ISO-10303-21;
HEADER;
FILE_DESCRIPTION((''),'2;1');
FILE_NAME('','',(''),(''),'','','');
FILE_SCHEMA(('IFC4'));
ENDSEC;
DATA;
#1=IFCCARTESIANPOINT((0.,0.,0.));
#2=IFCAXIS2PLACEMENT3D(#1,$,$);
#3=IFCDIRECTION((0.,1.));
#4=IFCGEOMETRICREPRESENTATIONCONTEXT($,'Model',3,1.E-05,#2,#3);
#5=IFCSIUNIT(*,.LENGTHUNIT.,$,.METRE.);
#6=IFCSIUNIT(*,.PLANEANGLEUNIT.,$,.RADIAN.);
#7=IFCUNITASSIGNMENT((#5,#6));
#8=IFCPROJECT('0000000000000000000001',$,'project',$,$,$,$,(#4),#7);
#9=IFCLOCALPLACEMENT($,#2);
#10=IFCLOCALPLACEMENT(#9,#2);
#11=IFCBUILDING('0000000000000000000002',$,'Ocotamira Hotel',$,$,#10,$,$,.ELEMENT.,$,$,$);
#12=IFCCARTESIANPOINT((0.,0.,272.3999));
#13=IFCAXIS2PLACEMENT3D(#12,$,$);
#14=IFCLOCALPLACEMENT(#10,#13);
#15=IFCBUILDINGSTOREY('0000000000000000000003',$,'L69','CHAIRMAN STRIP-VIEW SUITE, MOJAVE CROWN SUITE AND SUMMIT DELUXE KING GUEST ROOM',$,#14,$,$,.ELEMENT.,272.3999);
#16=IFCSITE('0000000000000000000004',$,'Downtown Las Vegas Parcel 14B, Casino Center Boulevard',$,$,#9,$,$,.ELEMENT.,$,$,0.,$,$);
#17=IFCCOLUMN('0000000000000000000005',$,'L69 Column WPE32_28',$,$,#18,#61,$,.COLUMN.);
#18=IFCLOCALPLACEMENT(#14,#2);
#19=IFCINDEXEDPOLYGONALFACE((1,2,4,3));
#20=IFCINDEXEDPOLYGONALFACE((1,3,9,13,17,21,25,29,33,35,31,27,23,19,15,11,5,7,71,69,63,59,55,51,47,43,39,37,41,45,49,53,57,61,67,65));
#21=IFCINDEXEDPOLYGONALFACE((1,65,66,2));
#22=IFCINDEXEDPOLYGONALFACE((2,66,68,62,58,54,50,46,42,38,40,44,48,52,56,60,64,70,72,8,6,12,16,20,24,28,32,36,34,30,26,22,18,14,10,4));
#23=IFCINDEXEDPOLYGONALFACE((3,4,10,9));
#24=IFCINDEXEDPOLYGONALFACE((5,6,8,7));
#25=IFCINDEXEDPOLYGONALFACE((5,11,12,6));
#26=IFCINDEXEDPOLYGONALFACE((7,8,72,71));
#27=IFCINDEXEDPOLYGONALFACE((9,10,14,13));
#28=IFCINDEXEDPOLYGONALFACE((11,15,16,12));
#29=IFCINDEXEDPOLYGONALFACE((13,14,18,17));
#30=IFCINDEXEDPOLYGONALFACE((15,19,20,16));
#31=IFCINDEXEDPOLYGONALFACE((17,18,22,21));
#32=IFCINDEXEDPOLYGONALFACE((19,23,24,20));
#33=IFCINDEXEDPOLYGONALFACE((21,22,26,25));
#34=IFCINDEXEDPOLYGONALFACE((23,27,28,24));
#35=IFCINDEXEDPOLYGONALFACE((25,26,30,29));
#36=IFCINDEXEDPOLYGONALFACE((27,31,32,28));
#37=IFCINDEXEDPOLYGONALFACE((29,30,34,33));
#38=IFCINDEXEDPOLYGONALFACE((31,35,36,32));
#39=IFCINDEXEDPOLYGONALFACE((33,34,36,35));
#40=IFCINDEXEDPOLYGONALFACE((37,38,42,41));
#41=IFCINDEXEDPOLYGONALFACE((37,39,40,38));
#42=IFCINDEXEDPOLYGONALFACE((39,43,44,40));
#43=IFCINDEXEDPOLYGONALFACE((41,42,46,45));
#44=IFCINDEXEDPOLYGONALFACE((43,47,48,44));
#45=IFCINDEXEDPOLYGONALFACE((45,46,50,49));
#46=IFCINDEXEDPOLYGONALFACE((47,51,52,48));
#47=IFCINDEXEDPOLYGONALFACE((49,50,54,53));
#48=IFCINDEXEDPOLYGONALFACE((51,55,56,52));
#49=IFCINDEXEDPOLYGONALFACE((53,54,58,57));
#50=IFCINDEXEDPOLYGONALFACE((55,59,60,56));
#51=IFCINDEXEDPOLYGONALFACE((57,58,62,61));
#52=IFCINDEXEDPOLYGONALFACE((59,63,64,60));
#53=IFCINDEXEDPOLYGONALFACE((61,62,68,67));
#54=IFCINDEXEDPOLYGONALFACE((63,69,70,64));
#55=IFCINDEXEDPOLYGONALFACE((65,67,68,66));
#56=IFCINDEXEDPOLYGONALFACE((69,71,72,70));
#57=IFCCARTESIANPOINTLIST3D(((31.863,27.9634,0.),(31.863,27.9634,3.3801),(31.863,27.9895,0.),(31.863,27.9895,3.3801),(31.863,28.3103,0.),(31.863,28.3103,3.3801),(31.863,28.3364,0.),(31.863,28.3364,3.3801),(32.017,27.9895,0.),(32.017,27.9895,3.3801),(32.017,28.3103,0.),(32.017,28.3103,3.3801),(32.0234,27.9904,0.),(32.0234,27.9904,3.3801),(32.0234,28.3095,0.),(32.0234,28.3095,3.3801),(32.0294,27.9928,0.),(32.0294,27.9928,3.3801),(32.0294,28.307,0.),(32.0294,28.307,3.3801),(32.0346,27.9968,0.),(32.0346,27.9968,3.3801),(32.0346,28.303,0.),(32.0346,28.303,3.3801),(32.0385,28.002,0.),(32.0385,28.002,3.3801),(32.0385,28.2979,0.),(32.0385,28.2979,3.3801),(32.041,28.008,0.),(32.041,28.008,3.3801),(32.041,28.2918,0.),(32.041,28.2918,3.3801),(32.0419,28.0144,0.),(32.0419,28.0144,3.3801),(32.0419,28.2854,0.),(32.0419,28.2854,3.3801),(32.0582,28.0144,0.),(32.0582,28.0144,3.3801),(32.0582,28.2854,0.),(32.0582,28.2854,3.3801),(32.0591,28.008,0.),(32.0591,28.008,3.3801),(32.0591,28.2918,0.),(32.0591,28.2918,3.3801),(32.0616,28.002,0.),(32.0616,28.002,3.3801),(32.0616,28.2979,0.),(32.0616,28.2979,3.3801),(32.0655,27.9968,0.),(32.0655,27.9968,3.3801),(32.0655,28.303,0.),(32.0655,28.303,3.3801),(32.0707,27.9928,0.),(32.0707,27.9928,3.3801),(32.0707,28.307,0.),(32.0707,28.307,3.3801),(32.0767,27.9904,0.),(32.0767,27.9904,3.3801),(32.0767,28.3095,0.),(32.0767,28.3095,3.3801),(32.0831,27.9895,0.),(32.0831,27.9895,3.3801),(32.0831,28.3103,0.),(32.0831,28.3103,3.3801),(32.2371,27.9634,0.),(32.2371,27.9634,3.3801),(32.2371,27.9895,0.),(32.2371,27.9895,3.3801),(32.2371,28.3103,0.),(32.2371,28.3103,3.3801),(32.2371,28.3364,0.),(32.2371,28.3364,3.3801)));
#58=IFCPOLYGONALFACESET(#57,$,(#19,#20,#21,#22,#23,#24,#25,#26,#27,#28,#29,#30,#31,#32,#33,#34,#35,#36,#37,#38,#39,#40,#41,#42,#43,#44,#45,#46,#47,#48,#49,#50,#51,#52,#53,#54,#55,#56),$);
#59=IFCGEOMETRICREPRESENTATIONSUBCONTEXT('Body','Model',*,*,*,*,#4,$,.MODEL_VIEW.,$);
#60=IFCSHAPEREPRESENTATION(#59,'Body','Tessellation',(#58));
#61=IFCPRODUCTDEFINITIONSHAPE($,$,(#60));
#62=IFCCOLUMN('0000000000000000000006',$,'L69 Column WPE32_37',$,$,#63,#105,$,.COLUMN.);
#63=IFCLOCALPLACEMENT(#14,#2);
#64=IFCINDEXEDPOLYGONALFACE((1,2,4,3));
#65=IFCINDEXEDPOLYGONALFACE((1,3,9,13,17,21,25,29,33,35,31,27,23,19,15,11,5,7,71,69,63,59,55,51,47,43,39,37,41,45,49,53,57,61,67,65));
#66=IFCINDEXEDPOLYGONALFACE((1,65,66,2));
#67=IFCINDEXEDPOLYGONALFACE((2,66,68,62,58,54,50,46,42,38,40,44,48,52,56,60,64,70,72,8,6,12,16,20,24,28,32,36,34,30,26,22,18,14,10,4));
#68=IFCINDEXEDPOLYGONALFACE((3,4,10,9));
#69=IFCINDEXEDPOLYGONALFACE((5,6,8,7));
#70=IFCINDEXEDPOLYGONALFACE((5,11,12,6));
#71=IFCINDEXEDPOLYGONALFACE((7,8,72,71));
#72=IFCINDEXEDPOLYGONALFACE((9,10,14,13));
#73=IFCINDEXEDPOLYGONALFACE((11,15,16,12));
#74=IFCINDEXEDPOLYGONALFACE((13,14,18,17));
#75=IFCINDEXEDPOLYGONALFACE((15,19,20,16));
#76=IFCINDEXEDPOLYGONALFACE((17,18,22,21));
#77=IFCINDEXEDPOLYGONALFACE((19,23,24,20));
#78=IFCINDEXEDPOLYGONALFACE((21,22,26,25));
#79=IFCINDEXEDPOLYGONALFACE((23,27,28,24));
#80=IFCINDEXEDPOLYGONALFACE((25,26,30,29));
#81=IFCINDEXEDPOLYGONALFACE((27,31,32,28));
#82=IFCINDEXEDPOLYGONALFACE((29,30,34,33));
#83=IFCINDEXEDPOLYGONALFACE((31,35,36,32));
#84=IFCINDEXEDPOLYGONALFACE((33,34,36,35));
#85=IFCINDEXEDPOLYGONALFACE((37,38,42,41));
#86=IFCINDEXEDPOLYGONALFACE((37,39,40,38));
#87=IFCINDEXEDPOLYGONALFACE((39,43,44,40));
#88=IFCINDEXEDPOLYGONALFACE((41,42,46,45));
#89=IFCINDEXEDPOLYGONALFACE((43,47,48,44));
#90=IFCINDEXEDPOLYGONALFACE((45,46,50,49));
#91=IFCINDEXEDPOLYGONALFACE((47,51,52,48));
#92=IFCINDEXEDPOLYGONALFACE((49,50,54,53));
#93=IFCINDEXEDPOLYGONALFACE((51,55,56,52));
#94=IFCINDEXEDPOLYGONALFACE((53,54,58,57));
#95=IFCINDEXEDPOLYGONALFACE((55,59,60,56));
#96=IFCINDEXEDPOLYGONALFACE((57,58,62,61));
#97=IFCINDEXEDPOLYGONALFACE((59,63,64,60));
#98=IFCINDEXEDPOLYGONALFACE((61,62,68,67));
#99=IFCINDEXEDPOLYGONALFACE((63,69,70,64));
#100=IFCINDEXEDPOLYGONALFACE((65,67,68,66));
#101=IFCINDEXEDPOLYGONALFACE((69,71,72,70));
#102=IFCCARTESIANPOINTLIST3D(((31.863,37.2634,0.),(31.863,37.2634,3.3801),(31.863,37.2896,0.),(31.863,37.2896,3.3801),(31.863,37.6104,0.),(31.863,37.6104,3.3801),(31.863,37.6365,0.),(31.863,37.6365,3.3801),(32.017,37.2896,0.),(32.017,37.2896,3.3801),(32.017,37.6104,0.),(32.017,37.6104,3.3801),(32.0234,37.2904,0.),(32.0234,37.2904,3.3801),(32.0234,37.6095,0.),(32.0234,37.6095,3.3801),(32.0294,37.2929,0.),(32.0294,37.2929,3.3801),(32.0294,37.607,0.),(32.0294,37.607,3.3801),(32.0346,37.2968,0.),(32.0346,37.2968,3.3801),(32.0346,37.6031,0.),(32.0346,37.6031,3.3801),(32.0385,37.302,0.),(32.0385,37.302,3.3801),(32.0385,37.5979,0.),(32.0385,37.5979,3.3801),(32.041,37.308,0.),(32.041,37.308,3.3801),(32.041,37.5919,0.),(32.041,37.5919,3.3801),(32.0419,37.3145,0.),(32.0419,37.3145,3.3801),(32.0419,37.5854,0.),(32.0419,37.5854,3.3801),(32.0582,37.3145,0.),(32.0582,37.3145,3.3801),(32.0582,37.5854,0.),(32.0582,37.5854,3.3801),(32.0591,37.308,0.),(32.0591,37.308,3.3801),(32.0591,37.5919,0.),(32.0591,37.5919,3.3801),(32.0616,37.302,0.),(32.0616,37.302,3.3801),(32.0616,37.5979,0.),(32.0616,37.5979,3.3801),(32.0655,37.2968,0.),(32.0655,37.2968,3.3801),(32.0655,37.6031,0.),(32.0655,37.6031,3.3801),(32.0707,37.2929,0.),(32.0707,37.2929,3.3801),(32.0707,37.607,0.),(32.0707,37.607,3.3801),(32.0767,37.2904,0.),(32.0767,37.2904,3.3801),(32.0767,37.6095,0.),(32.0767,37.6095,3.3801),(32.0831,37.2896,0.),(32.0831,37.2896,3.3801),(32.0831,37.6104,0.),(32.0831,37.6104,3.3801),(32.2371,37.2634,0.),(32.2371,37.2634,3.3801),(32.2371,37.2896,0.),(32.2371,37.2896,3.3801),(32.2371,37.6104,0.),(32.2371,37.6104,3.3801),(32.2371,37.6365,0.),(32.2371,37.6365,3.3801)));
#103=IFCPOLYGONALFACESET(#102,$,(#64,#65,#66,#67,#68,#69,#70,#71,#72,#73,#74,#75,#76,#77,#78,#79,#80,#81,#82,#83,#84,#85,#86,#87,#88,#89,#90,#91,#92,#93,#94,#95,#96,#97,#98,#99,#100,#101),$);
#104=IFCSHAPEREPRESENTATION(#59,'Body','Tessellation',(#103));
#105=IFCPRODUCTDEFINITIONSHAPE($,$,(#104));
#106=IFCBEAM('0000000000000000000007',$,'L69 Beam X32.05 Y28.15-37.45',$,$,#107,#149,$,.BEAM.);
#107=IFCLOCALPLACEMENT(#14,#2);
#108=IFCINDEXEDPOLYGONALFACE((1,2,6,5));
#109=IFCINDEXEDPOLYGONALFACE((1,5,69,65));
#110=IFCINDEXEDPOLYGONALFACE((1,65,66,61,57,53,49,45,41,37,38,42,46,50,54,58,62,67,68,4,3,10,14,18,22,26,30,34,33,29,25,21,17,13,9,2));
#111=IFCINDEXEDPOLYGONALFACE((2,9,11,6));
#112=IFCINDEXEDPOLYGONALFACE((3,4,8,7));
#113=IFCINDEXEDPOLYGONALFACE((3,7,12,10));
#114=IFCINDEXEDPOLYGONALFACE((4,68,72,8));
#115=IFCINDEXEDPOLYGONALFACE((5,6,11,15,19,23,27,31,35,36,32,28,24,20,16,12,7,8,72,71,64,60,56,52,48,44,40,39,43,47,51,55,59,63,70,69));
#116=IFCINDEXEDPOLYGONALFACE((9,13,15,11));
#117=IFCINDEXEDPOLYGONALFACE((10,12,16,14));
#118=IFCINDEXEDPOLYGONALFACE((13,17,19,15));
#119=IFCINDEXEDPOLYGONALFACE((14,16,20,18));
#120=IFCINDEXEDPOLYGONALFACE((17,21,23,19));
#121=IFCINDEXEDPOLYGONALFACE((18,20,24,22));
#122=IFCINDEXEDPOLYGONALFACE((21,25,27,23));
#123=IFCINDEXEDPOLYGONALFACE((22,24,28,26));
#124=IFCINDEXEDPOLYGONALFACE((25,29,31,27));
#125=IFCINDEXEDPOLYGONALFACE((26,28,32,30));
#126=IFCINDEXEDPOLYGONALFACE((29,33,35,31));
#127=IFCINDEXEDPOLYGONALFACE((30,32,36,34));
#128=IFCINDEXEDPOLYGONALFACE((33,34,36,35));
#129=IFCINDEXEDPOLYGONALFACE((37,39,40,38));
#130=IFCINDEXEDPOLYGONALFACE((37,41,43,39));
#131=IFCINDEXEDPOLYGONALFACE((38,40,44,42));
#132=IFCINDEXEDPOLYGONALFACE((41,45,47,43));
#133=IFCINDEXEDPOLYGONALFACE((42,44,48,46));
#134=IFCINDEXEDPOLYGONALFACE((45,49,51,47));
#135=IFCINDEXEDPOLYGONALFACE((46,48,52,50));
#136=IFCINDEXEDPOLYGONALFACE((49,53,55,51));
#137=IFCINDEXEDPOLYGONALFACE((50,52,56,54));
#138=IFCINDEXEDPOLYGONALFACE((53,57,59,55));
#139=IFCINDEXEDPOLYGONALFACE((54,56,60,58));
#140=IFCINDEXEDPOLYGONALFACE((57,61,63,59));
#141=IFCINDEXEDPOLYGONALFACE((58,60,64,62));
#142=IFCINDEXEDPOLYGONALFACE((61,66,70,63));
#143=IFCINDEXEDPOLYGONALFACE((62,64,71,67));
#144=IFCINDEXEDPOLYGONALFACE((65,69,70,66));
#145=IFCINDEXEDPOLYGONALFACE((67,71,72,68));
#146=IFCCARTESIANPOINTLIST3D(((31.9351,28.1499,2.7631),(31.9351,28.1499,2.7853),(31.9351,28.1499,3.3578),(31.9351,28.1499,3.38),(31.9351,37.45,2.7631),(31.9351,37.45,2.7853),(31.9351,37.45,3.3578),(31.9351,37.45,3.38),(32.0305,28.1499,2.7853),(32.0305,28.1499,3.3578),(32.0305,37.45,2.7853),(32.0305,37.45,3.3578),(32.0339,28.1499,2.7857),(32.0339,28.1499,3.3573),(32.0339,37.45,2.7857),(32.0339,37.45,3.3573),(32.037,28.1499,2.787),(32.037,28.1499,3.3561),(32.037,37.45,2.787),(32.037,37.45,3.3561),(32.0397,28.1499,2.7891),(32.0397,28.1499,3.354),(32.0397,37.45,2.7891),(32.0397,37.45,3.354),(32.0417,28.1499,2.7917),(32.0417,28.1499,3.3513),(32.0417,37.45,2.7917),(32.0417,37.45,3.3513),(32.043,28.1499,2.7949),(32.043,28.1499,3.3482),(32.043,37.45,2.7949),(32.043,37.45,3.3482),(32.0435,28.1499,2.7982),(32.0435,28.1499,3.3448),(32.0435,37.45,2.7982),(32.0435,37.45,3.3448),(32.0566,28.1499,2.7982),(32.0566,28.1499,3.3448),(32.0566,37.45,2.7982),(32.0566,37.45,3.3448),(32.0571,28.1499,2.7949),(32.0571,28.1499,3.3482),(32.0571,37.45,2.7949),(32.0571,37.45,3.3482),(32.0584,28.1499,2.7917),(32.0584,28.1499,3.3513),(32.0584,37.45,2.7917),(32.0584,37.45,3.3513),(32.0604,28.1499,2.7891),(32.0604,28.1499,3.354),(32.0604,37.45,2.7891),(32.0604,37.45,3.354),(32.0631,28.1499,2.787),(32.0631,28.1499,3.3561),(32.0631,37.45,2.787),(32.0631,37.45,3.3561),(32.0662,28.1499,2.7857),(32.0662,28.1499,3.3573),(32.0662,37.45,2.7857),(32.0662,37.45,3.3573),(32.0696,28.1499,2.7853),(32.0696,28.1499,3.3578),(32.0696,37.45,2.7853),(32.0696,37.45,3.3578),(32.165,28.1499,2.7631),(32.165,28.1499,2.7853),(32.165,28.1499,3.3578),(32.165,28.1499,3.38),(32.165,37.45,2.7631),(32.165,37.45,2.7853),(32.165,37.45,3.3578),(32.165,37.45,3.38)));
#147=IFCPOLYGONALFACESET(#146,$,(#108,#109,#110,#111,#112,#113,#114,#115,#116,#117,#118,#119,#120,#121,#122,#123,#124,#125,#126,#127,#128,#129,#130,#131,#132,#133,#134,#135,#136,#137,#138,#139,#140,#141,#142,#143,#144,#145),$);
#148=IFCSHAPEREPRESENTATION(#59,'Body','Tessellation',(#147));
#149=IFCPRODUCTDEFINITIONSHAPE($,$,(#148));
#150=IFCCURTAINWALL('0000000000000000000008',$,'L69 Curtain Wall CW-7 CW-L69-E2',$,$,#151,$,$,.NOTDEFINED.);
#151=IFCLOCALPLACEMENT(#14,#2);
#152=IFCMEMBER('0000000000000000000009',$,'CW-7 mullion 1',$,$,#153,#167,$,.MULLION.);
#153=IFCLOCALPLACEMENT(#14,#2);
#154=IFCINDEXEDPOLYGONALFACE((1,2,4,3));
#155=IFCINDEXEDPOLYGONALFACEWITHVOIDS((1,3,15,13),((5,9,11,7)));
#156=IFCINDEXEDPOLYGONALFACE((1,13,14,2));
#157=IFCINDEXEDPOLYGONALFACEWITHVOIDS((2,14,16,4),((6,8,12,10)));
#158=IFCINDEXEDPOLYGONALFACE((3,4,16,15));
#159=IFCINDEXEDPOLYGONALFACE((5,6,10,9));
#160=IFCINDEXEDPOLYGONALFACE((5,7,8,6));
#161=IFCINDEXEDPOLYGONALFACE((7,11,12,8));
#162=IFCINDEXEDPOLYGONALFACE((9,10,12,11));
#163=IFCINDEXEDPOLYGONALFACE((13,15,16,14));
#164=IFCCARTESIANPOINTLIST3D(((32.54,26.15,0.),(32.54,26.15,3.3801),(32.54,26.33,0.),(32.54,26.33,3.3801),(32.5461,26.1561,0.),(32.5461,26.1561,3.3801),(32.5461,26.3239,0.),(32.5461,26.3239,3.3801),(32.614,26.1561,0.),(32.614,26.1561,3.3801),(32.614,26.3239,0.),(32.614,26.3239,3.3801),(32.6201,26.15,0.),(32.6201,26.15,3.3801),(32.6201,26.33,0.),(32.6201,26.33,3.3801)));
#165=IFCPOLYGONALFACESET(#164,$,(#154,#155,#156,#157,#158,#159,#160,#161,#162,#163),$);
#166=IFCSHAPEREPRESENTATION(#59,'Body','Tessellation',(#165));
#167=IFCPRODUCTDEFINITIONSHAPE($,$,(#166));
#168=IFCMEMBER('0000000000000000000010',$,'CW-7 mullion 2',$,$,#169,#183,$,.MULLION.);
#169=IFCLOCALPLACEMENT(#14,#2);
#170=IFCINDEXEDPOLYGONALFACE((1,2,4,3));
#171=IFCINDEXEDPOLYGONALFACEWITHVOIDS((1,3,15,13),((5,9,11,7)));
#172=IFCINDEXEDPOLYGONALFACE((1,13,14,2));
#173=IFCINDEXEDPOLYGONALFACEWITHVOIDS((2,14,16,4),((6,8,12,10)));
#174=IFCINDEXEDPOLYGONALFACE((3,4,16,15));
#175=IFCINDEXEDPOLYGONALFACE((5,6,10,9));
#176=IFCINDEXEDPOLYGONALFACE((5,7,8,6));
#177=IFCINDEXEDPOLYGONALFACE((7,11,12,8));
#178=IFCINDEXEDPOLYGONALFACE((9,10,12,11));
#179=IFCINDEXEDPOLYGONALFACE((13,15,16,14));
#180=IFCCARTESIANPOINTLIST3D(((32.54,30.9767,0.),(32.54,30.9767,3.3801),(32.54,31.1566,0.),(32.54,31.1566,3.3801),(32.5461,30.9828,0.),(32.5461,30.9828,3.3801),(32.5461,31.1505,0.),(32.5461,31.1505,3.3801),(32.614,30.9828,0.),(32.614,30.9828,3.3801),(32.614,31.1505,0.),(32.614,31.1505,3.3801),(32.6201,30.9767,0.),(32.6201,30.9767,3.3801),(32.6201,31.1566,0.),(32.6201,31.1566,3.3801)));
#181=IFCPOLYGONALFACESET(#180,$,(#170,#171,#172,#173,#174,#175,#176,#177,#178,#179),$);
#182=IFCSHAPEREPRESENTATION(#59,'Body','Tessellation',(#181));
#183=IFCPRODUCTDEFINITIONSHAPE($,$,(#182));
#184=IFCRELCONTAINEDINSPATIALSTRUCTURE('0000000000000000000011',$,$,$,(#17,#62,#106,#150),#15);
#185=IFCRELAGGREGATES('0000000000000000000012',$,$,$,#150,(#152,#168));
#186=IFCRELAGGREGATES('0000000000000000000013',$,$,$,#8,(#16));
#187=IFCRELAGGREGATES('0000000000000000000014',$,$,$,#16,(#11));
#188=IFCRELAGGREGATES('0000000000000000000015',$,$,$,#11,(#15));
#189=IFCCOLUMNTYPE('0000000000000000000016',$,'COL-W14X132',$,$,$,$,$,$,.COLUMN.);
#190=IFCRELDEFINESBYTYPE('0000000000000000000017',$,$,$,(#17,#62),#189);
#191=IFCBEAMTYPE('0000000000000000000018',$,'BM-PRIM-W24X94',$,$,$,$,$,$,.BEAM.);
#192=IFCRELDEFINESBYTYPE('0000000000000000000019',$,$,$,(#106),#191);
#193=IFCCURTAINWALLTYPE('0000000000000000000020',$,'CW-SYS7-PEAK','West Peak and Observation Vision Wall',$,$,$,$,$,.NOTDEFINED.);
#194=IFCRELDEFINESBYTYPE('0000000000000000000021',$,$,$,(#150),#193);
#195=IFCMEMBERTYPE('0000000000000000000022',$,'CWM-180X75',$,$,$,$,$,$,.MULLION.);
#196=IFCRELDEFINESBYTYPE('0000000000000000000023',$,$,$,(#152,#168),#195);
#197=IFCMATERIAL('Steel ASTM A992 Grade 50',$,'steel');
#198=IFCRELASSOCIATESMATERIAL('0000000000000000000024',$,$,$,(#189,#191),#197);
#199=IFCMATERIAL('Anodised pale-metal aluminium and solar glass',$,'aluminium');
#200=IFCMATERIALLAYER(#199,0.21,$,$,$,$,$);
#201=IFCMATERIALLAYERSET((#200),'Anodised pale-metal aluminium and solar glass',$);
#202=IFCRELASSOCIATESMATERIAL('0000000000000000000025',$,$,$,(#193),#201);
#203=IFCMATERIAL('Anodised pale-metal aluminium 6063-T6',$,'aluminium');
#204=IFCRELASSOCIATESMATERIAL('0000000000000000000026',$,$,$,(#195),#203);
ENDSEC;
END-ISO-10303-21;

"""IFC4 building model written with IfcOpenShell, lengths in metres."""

from ifc_helpers import new_model, si_unit, direction, frame, origin, origin_2d, place, context, subcontext, project, spatial, hollow_rectangle, i_section, extrude, source, transform, mapped, material, layer, layer_set, material_profile, profile_set, type_object, element, aggregate, save


model = new_model("IFC4")

# Units and contexts
model_context = context("Model", 3, precision=1e-05, world=origin(), true_north=direction((0.0, 1.0)))
body_context = subcontext(model_context, "Body", "Model", "MODEL_VIEW")
ifc_project = project(units=[si_unit("LENGTHUNIT", "METRE"), si_unit("PLANEANGLEUNIT", "RADIAN")], contexts=[model_context])

# Site, building, storey
site_placement = place(None, origin())
site = spatial("IfcSite", under=ifc_project, at=site_placement, Name="Downtown Las Vegas Parcel 14B, Casino Center Boulevard", CompositionType="ELEMENT", RefElevation=0.0)
building_placement = place(site_placement, origin())
building = spatial("IfcBuilding", under=site, at=building_placement, Name="Ocotamira Hotel", CompositionType="ELEMENT")
storey_placement = place(building_placement, frame((0.0, 0.0, 272.3999)))
storey = spatial("IfcBuildingStorey", under=building, at=storey_placement, Name="L69", Description="CHAIRMAN STRIP-VIEW SUITE, MOJAVE CROWN SUITE AND SUMMIT DELUXE KING GUEST ROOM", CompositionType="ELEMENT", Elevation=272.3999)

# Columns
ifc_material_1 = material(Name="Steel ASTM A992 Grade 50", Category="steel")
ifc_material_profile_1 = material_profile(ifc_material_1, i_section(OverallWidth=0.374, OverallDepth=0.373, WebThickness=0.0164, FlangeThickness=0.0261, FilletRadius=0.0249, at=origin_2d()), Name="W14X132")
ifc_profile_set_1 = profile_set([ifc_material_profile_1], Name="Steel ASTM A992 Grade 50")
column_type = type_object("IfcColumnType", Name="COL-W14X132", PredefinedType="COLUMN", material=ifc_profile_set_1)
shared_shape_1 = source(origin(), body_context, "Body", "SweptSolid", [
    extrude(i_section(OverallWidth=0.374, OverallDepth=0.373, WebThickness=0.0164, FlangeThickness=0.0261, FilletRadius=0.0249, at=origin_2d()), origin(), (0.0, 0.0, 1.0), 3.3801),
])
for number, where, z_axis, x_axis, name in (
    (1, (32.05, 28.1499, 0.0), (0.0, 0.0, 1.0), (1.0, 0.0, 0.0), "L69 Column WPE32_28"),
    (2, (32.05, 37.45, 0.0), (0.0, 0.0, 1.0), (1.0, 0.0, 0.0), "L69 Column WPE32_37"),
):
    element("IfcColumn", number, at=place(storey_placement, frame(where, z_axis=z_axis, x_axis=x_axis)), inside=storey, type_object=column_type, Name=name, PredefinedType="COLUMN", context=body_context, shape_type="MappedRepresentation", body=[
        mapped(shared_shape_1, transform((0.0, 0.0, 0.0), scale=1.0)),
    ])

# Beam
ifc_material_profile_2 = material_profile(ifc_material_1, i_section(OverallWidth=0.23, OverallDepth=0.6169, WebThickness=0.0132, FlangeThickness=0.0222, FilletRadius=0.0129, at=origin_2d()), Name="W24X94")
ifc_profile_set_2 = profile_set([ifc_material_profile_2], Name="Steel ASTM A992 Grade 50")
beam_type = type_object("IfcBeamType", Name="BM-PRIM-W24X94", PredefinedType="BEAM", material=ifc_profile_set_2)
shared_shape_2 = source(origin(), body_context, "Body", "SweptSolid", [
    extrude(i_section(OverallWidth=0.23, OverallDepth=0.6169, WebThickness=0.0132, FlangeThickness=0.0222, FilletRadius=0.0129, at=origin_2d()), origin(), (0.0, 0.0, 1.0), 9.3),
])
beam_placement = place(storey_placement, frame((32.05, 28.1499, 3.0715), z_axis=(0.0, 1.0, 0.0), x_axis=(-1.0, 0.0, 0.0)))
element("IfcBeam", 3, at=beam_placement, inside=storey, type_object=beam_type, Name="L69 Beam X32.05 Y28.15-37.45", PredefinedType="BEAM", context=body_context, shape_type="MappedRepresentation", body=[
    mapped(shared_shape_2, transform((0.0, 0.0, 0.0), scale=1.0)),
])

# Curtain wall, members
ifc_material_2 = material(Name="Anodised pale-metal aluminium and solar glass", Category="aluminium")
ifc_layer_1 = layer(ifc_material_2, 0.21)
ifc_layer_set_1 = layer_set([ifc_layer_1], Name="Anodised pale-metal aluminium and solar glass")
curtain_wall_type = type_object("IfcCurtainWallType", Name="CW-SYS7-PEAK", Description="West Peak and Observation Vision Wall", PredefinedType="NOTDEFINED", material=ifc_layer_set_1)
curtain_wall_placement = place(storey_placement, origin())
curtain_wall = element("IfcCurtainWall", 4, at=curtain_wall_placement, inside=storey, type_object=curtain_wall_type, Name="L69 Curtain Wall CW-7 CW-L69-E2", PredefinedType="NOTDEFINED")
ifc_material_3 = material(Name="Anodised pale-metal aluminium 6063-T6", Category="aluminium")
ifc_material_profile_3 = material_profile(ifc_material_3, hollow_rectangle(XDim=0.0801, YDim=0.1799, WallThickness=0.0061, at=origin_2d()), Name="HSS180X80X6")
ifc_profile_set_3 = profile_set([ifc_material_profile_3], Name="Anodised pale-metal aluminium 6063-T6")
member_type_1 = type_object("IfcMemberType", Name="CWM-180X75", PredefinedType="MULLION", material=ifc_profile_set_3)
shared_shape_3 = source(origin(), body_context, "Body", "SweptSolid", [
    extrude(hollow_rectangle(XDim=0.0801, YDim=0.1799, WallThickness=0.0061, at=origin_2d()), origin(), (0.0, 0.0, 1.0), 3.3801),
])
member_1_placement = place(storey_placement, frame((32.5801, 26.24, 0.0), z_axis=(0.0, 0.0, 1.0), x_axis=(-1.0, 0.0, 0.0)))
member_1 = element("IfcMember", 5, at=member_1_placement, type_object=member_type_1, Name="CW-7 mullion 1", PredefinedType="MULLION", context=body_context, shape_type="MappedRepresentation", body=[
    mapped(shared_shape_3, transform((0.0, 0.0, 0.0), scale=1.0)),
])
member_2_placement = place(storey_placement, frame((32.5801, 31.0667, 0.0), z_axis=(0.0, 0.0, 1.0), x_axis=(-1.0, 0.0, 0.0)))
member_2 = element("IfcMember", 6, at=member_2_placement, type_object=member_type_1, Name="CW-7 mullion 2", PredefinedType="MULLION", context=body_context, shape_type="MappedRepresentation", body=[
    mapped(shared_shape_3, transform((0.0, 0.0, 0.0), scale=1.0)),
])
aggregate(curtain_wall, [member_1, member_2])

save(model, "model.ifc")
